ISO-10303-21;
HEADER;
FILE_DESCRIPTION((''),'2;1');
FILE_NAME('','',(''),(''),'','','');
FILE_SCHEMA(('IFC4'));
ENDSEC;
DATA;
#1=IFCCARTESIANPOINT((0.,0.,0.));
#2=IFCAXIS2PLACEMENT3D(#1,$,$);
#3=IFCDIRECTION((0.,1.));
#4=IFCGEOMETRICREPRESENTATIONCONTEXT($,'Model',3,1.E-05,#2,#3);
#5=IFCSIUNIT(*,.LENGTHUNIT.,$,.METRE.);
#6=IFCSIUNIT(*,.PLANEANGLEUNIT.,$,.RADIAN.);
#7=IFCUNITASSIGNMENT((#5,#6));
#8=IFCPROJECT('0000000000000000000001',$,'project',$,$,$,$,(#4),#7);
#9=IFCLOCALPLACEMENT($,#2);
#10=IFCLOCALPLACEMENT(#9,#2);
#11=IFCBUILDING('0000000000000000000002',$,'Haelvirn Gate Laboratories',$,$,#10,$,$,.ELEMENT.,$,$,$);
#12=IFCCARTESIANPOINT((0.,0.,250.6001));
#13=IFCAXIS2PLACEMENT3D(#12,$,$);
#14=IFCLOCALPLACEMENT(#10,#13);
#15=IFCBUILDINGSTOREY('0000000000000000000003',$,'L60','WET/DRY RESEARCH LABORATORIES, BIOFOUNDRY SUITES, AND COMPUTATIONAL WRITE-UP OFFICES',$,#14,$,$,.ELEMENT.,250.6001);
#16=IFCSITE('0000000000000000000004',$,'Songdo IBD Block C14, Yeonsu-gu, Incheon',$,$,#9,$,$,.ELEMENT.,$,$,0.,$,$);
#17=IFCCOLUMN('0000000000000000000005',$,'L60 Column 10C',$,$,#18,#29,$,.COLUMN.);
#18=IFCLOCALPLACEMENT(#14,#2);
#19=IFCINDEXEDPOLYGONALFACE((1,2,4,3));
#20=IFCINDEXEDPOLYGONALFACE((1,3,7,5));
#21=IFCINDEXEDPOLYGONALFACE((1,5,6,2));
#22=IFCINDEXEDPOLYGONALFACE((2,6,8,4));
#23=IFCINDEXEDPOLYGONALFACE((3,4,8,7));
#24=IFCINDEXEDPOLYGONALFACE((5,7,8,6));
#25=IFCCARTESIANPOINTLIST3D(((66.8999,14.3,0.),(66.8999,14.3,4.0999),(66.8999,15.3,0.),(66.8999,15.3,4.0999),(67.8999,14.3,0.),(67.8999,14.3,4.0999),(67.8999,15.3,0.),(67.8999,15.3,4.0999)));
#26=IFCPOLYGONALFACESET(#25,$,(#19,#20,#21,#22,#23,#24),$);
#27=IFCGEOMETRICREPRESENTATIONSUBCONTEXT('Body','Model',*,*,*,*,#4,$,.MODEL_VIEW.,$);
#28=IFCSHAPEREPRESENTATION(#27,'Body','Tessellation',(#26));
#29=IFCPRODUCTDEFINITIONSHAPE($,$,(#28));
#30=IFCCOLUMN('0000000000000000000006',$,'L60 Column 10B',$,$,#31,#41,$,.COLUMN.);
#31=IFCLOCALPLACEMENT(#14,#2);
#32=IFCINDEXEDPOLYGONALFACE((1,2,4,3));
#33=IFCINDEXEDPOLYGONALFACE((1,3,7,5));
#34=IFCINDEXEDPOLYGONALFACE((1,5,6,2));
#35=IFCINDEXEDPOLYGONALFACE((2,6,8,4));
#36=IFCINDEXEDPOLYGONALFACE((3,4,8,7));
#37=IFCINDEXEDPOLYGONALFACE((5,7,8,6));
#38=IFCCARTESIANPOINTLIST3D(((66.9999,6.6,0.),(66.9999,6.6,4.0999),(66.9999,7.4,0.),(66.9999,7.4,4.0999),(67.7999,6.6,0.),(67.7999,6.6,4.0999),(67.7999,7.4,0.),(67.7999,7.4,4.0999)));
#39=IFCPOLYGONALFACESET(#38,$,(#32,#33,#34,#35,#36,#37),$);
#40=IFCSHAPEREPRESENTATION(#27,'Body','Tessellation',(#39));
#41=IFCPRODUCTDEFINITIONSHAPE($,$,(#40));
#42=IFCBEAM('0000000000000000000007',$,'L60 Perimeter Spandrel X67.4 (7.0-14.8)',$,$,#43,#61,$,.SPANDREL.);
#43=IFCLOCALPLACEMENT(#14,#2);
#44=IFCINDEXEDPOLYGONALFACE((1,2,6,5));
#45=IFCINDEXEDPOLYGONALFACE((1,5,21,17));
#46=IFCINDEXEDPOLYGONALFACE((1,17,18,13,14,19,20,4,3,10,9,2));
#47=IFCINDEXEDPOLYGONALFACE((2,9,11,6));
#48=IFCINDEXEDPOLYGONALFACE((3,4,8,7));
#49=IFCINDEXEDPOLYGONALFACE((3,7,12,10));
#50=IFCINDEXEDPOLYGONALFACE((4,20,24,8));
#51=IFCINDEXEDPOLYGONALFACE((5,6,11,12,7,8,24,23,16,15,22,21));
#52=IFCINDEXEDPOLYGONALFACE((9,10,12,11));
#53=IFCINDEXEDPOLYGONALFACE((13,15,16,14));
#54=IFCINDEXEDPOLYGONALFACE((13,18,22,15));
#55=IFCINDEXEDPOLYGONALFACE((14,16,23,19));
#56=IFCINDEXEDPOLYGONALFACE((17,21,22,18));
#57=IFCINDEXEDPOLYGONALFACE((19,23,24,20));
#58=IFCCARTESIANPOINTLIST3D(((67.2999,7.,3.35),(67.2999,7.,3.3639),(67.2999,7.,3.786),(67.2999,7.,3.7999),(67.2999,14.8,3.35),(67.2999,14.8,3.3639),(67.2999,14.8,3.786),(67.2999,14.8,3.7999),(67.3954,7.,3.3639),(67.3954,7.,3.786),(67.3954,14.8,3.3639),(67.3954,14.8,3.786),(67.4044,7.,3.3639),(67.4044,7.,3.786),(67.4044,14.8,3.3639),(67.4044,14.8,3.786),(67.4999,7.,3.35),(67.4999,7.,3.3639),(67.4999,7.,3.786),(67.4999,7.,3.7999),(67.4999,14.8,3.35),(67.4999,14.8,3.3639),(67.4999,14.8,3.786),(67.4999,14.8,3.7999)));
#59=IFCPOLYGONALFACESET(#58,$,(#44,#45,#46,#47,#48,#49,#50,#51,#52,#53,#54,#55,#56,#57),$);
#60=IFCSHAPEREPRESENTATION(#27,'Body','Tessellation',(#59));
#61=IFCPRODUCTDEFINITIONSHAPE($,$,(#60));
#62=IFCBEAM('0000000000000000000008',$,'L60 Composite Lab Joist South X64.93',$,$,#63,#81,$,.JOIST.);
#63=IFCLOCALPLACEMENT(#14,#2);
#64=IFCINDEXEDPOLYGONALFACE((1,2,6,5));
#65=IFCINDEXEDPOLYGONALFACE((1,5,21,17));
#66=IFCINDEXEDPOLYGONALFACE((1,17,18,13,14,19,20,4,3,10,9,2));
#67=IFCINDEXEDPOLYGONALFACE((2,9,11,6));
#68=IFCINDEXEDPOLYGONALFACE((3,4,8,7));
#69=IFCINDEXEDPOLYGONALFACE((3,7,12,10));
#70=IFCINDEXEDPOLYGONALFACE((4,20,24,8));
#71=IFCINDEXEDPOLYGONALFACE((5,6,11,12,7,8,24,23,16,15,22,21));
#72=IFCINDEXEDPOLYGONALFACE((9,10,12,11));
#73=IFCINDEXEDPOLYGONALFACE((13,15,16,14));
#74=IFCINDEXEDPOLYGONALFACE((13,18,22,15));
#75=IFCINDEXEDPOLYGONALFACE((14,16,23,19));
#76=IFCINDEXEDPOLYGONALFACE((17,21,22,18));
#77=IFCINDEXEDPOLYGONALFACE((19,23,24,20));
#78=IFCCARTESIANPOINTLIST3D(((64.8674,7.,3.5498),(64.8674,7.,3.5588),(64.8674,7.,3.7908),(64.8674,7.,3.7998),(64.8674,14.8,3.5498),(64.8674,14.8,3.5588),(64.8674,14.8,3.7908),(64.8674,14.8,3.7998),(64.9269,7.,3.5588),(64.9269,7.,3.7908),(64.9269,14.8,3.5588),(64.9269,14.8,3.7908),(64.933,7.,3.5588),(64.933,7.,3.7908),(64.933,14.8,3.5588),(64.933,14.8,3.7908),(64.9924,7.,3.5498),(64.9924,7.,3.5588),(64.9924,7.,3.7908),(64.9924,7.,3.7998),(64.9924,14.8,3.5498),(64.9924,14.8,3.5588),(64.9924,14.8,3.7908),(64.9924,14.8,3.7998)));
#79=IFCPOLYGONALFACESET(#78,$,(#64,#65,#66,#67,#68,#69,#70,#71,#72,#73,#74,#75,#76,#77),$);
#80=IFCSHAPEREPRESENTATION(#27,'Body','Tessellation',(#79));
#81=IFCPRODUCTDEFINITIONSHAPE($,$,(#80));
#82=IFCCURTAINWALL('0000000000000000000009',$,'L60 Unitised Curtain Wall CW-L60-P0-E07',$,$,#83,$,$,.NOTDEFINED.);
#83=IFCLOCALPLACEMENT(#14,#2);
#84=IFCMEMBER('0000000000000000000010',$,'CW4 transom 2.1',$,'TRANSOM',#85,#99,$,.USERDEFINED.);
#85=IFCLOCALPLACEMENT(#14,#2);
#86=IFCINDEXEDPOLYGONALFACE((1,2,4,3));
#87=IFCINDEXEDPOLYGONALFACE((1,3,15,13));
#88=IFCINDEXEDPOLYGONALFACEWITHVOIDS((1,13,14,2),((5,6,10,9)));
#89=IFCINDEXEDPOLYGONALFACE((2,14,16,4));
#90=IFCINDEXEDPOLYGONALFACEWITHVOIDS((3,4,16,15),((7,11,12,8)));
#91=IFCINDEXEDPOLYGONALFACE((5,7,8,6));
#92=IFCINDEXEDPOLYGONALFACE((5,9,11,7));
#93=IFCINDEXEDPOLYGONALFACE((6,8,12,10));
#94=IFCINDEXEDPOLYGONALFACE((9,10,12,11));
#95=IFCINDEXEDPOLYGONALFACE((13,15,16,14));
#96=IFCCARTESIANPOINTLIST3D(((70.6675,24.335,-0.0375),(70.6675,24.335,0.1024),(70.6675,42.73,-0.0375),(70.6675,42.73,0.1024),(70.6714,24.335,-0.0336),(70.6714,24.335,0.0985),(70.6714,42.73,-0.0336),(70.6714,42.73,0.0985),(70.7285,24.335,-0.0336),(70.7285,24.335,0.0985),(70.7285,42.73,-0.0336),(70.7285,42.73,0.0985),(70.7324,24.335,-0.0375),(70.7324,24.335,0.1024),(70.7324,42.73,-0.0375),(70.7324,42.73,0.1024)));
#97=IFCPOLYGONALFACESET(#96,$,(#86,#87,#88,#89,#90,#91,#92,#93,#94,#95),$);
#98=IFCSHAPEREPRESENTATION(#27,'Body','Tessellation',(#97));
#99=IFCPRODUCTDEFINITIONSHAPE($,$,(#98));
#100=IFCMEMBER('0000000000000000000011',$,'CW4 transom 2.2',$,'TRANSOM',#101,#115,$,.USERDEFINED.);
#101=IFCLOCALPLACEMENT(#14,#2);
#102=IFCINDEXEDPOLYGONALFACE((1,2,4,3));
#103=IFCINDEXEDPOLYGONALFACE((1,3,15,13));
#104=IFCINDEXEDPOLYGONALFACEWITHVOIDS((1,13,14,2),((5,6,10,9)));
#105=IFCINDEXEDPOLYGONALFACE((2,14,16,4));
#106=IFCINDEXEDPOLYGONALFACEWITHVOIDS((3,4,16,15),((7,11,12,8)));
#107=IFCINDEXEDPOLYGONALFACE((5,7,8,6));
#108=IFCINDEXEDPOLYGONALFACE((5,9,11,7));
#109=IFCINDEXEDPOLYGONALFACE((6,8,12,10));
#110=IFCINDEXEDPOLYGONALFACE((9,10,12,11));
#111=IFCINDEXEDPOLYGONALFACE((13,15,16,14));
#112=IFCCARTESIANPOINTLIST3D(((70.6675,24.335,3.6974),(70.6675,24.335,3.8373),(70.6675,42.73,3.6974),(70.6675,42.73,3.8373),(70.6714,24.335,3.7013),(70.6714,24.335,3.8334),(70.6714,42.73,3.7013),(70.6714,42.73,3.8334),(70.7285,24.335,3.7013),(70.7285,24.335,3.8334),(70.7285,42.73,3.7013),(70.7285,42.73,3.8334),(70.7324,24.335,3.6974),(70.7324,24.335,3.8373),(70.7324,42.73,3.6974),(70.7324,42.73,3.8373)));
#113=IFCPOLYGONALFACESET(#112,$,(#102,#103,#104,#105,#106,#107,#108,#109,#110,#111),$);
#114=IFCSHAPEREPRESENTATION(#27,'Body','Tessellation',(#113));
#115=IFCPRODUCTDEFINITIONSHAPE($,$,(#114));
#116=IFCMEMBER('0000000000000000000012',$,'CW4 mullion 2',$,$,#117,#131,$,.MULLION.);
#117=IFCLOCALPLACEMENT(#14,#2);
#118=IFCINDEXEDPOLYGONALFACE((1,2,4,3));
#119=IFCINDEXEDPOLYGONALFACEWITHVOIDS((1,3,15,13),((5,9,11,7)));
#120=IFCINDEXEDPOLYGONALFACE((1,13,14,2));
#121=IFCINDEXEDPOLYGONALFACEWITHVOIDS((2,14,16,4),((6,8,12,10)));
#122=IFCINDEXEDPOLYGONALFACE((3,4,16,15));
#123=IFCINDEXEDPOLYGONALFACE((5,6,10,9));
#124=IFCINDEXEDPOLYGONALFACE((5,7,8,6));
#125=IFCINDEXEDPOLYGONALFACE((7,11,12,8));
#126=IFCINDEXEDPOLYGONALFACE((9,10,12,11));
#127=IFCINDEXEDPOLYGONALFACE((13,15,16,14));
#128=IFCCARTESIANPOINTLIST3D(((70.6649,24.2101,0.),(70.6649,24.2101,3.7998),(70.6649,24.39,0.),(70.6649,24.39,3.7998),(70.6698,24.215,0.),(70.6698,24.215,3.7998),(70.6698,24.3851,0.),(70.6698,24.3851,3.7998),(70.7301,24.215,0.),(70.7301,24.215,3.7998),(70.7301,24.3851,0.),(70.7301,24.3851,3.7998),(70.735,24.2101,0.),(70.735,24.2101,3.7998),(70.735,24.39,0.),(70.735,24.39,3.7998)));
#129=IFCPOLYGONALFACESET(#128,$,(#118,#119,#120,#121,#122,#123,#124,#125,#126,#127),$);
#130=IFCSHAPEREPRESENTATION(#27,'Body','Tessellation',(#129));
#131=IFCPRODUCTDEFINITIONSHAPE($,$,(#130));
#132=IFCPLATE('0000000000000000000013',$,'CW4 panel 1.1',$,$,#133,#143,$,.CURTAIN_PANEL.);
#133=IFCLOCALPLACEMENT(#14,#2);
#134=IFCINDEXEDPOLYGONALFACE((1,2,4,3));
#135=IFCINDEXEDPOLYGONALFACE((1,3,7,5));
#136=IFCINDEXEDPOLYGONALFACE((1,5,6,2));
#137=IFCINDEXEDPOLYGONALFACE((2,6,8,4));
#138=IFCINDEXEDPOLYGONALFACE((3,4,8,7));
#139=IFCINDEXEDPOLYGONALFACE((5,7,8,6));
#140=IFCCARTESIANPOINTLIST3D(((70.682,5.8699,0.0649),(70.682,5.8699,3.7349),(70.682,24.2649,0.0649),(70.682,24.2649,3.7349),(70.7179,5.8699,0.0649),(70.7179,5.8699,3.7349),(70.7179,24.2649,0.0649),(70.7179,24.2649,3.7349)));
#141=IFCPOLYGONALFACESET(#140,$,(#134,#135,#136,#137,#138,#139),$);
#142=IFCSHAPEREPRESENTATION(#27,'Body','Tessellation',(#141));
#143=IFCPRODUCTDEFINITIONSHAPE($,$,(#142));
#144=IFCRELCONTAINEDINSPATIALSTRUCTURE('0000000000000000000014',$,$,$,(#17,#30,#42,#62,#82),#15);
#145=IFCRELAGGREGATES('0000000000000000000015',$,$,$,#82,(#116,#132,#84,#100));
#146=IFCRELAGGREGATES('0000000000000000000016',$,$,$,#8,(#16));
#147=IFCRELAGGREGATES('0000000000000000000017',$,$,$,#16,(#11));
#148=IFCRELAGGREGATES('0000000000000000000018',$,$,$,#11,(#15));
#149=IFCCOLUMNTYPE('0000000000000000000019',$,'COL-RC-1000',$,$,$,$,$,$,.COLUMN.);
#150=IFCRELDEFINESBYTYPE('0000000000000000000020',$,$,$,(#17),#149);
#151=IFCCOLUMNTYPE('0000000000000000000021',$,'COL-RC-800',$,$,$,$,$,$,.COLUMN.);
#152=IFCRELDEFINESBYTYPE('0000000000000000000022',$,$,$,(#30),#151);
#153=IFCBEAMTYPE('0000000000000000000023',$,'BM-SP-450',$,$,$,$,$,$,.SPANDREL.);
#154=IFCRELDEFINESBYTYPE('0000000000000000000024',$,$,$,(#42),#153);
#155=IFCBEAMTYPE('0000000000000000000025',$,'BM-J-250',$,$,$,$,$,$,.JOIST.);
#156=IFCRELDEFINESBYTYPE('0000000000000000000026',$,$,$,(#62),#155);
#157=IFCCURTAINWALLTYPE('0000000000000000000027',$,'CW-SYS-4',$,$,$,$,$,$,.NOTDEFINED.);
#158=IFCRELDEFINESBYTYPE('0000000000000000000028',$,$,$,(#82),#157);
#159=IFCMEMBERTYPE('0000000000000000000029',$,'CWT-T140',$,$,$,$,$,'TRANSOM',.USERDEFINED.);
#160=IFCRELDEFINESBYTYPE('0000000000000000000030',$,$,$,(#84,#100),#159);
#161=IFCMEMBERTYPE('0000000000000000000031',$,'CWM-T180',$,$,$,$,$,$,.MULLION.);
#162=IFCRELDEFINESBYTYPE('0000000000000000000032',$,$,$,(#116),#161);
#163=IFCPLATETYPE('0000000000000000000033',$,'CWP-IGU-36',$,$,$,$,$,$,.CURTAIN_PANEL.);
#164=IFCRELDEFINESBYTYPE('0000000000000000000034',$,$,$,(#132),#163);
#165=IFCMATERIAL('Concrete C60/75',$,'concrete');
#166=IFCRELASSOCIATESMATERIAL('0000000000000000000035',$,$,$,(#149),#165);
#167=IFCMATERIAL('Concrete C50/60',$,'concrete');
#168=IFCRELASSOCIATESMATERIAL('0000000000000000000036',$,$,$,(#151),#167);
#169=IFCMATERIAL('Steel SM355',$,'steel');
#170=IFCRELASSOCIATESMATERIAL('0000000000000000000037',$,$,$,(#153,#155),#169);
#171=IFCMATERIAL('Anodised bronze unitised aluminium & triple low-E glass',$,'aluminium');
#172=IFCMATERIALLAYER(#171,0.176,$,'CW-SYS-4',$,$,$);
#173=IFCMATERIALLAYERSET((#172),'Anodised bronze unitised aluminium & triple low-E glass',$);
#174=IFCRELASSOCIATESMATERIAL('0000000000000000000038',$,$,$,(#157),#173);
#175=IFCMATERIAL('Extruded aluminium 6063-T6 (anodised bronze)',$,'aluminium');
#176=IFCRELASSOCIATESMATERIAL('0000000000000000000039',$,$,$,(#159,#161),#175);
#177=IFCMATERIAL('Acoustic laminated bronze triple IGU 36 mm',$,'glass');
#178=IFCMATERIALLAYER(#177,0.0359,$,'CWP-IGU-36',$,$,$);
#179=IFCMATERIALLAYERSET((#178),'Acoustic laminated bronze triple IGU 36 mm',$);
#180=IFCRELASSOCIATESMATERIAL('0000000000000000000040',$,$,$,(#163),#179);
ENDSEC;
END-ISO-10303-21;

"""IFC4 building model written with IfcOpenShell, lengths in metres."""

from ifc_helpers import new_model, si_unit, direction, frame, origin, origin_2d, place, context, subcontext, project, spatial, rectangle, hollow_rectangle, i_section, extrude, source, transform, mapped, material, layer, layer_set, material_profile, profile_set, type_object, type_shapes, element, aggregate, save


model = new_model("IFC4")

# Units and contexts
model_context = context("Model", 3, precision=1e-05, world=origin(), true_north=direction((0.0, 1.0)))
body_context = subcontext(model_context, "Body", "Model", "MODEL_VIEW")
ifc_project = project(units=[si_unit("LENGTHUNIT", "METRE"), si_unit("PLANEANGLEUNIT", "RADIAN")], contexts=[model_context])

# Site, building, storey
site_placement = place(None, origin())
site = spatial("IfcSite", under=ifc_project, at=site_placement, Name="Songdo IBD Block C14, Yeonsu-gu, Incheon", CompositionType="ELEMENT", RefElevation=0.0)
building_placement = place(site_placement, origin())
building = spatial("IfcBuilding", under=site, at=building_placement, Name="Haelvirn Gate Laboratories", CompositionType="ELEMENT")
storey_placement = place(building_placement, frame((0.0, 0.0, 250.6001)))
storey = spatial("IfcBuildingStorey", under=building, at=storey_placement, Name="L60", Description="WET/DRY RESEARCH LABORATORIES, BIOFOUNDRY SUITES, AND COMPUTATIONAL WRITE-UP OFFICES", CompositionType="ELEMENT", Elevation=250.6001)

# Columns
ifc_material_1 = material(Name="Concrete C60/75", Category="concrete")
ifc_material_profile_1 = material_profile(ifc_material_1, rectangle(XDim=1.0, YDim=1.0, at=origin_2d()), Name="RC-1000x1000")
ifc_profile_set_1 = profile_set([ifc_material_profile_1], Name="Concrete C60/75")
column_type_1 = type_object("IfcColumnType", Name="COL-RC-1000", PredefinedType="COLUMN", material=ifc_profile_set_1)
shared_shape_1 = source(origin(), body_context, "Body", "SweptSolid", [
    extrude(rectangle(XDim=1.0, YDim=1.0, at=origin_2d()), origin(), (0.0, 0.0, 1.0), 4.0999),
])
type_shapes(column_type_1, [shared_shape_1])
column_1_placement = place(storey_placement, frame((67.3999, 14.8, 0.0), z_axis=(0.0, 0.0, 1.0), x_axis=(1.0, 0.0, 0.0)))
element("IfcColumn", 1, at=column_1_placement, inside=storey, type_object=column_type_1, Name="L60 Column 10C", PredefinedType="COLUMN", context=body_context, shape_type="MappedRepresentation", body=[
    mapped(shared_shape_1, transform((0.0, 0.0, 0.0), scale=1.0)),
])
ifc_material_2 = material(Name="Concrete C50/60", Category="concrete")
ifc_material_profile_2 = material_profile(ifc_material_2, rectangle(XDim=0.8, YDim=0.8, at=origin_2d()), Name="RC-800x800")
ifc_profile_set_2 = profile_set([ifc_material_profile_2], Name="Concrete C50/60")
column_type_2 = type_object("IfcColumnType", Name="COL-RC-800", PredefinedType="COLUMN", material=ifc_profile_set_2)
shared_shape_2 = source(origin(), body_context, "Body", "SweptSolid", [
    extrude(rectangle(XDim=0.8, YDim=0.8, at=origin_2d()), origin(), (0.0, 0.0, 1.0), 4.0999),
])
type_shapes(column_type_2, [shared_shape_2])
column_2_placement = place(storey_placement, frame((67.3999, 7.0, 0.0), z_axis=(0.0, 0.0, 1.0), x_axis=(1.0, 0.0, 0.0)))
element("IfcColumn", 2, at=column_2_placement, inside=storey, type_object=column_type_2, Name="L60 Column 10B", PredefinedType="COLUMN", context=body_context, shape_type="MappedRepresentation", body=[
    mapped(shared_shape_2, transform((0.0, 0.0, 0.0), scale=1.0)),
])

# Beams
ifc_material_3 = material(Name="Steel SM355", Category="steel")
ifc_material_profile_3 = material_profile(ifc_material_3, i_section(OverallWidth=0.2, OverallDepth=0.45, WebThickness=0.009, FlangeThickness=0.0139, at=origin_2d()), Name="H-450x200x9x14")
ifc_profile_set_3 = profile_set([ifc_material_profile_3], Name="Steel SM355")
beam_type_1 = type_object("IfcBeamType", Name="BM-SP-450", PredefinedType="SPANDREL", material=ifc_profile_set_3)
shared_shape_3 = source(origin(), body_context, "Body", "SweptSolid", [
    extrude(i_section(OverallWidth=0.2, OverallDepth=0.45, WebThickness=0.009, FlangeThickness=0.0139, at=origin_2d()), origin(), (0.0, 0.0, 1.0), 7.8),
])
type_shapes(beam_type_1, [shared_shape_3])
beam_1_placement = place(storey_placement, frame((67.3999, 7.0, 3.575), z_axis=(0.0, 1.0, 0.0), x_axis=(-1.0, 0.0, 0.0)))
element("IfcBeam", 3, at=beam_1_placement, inside=storey, type_object=beam_type_1, Name="L60 Perimeter Spandrel X67.4 (7.0-14.8)", PredefinedType="SPANDREL", context=body_context, shape_type="MappedRepresentation", body=[
    mapped(shared_shape_3, transform((0.0, 0.0, 0.0), scale=1.0)),
])
ifc_material_profile_4 = material_profile(ifc_material_3, i_section(OverallWidth=0.125, OverallDepth=0.25, WebThickness=0.0061, FlangeThickness=0.009, at=origin_2d()), Name="H-250x125x6x9")
ifc_profile_set_4 = profile_set([ifc_material_profile_4], Name="Steel SM355")
beam_type_2 = type_object("IfcBeamType", Name="BM-J-250", PredefinedType="JOIST", material=ifc_profile_set_4)
shared_shape_4 = source(origin(), body_context, "Body", "SweptSolid", [
    extrude(i_section(OverallWidth=0.125, OverallDepth=0.25, WebThickness=0.0061, FlangeThickness=0.009, at=origin_2d()), origin(), (0.0, 0.0, 1.0), 7.8),
])
type_shapes(beam_type_2, [shared_shape_4])
beam_2_placement = place(storey_placement, frame((64.9299, 7.0, 3.6748), z_axis=(0.0, 1.0, 0.0), x_axis=(-1.0, 0.0, 0.0)))
element("IfcBeam", 4, at=beam_2_placement, inside=storey, type_object=beam_type_2, Name="L60 Composite Lab Joist South X64.93", PredefinedType="JOIST", context=body_context, shape_type="MappedRepresentation", body=[
    mapped(shared_shape_4, transform((0.0, 0.0, 0.0), scale=1.0)),
])

# Curtain wall, members, plate
ifc_material_4 = material(Name="Anodised bronze unitised aluminium & triple low-E glass", Category="aluminium")
ifc_layer_1 = layer(ifc_material_4, 0.176, Name="CW-SYS-4")
ifc_layer_set_1 = layer_set([ifc_layer_1], Name="Anodised bronze unitised aluminium & triple low-E glass")
curtain_wall_type = type_object("IfcCurtainWallType", Name="CW-SYS-4", PredefinedType="NOTDEFINED", material=ifc_layer_set_1)
curtain_wall_placement = place(storey_placement, origin())
curtain_wall = element("IfcCurtainWall", 5, at=curtain_wall_placement, inside=storey, type_object=curtain_wall_type, Name="L60 Unitised Curtain Wall CW-L60-P0-E07", PredefinedType="NOTDEFINED")
ifc_material_5 = material(Name="Extruded aluminium 6063-T6 (anodised bronze)", Category="aluminium")
ifc_material_profile_5 = material_profile(ifc_material_5, hollow_rectangle(XDim=0.0649, YDim=0.1399, WallThickness=0.0039, at=origin_2d()), Name="CWT-140x65x4")
ifc_profile_set_5 = profile_set([ifc_material_profile_5], Name="Extruded aluminium 6063-T6 (anodised bronze)")
member_type_1 = type_object("IfcMemberType", Name="CWT-T140", ElementType="TRANSOM", PredefinedType="USERDEFINED", material=ifc_profile_set_5)
shared_shape_5 = source(origin(), body_context, "Body", "SweptSolid", [
    extrude(hollow_rectangle(XDim=0.0649, YDim=0.1399, WallThickness=0.0039, at=origin_2d()), origin(), (0.0, 0.0, 1.0), 18.395),
])
type_shapes(member_type_1, [shared_shape_5])
member_1_placement = place(storey_placement, frame((70.7, 24.335, 0.0325), z_axis=(0.0, 1.0, 0.0), x_axis=(-1.0, 0.0, 0.0)))
member_1 = element("IfcMember", 6, at=member_1_placement, type_object=member_type_1, Name="CW4 transom 2.1", ObjectType="TRANSOM", PredefinedType="USERDEFINED", context=body_context, shape_type="MappedRepresentation", body=[
    mapped(shared_shape_5, transform((0.0, 0.0, 0.0), scale=1.0)),
])
member_2_placement = place(storey_placement, frame((70.7, 24.335, 3.7673), z_axis=(0.0, 1.0, 0.0), x_axis=(-1.0, 0.0, 0.0)))
member_2 = element("IfcMember", 7, at=member_2_placement, type_object=member_type_1, Name="CW4 transom 2.2", ObjectType="TRANSOM", PredefinedType="USERDEFINED", context=body_context, shape_type="MappedRepresentation", body=[
    mapped(shared_shape_5, transform((0.0, 0.0, 0.0), scale=1.0)),
])
ifc_material_profile_6 = material_profile(ifc_material_5, hollow_rectangle(XDim=0.0701, YDim=0.1799, WallThickness=0.0049, at=origin_2d()), Name="CWM-180x70x5")
ifc_profile_set_6 = profile_set([ifc_material_profile_6], Name="Extruded aluminium 6063-T6 (anodised bronze)")
member_type_2 = type_object("IfcMemberType", Name="CWM-T180", PredefinedType="MULLION", material=ifc_profile_set_6)
shared_shape_6 = source(origin(), body_context, "Body", "SweptSolid", [
    extrude(hollow_rectangle(XDim=0.0701, YDim=0.1799, WallThickness=0.0049, at=origin_2d()), origin(), (0.0, 0.0, 1.0), 3.7998),
])
type_shapes(member_type_2, [shared_shape_6])
member_3_placement = place(storey_placement, frame((70.7, 24.3, 0.0), z_axis=(0.0, 0.0, 1.0), x_axis=(-1.0, 0.0, 0.0)))
member_3 = element("IfcMember", 8, at=member_3_placement, type_object=member_type_2, Name="CW4 mullion 2", PredefinedType="MULLION", context=body_context, shape_type="MappedRepresentation", body=[
    mapped(shared_shape_6, transform((0.0, 0.0, 0.0), scale=1.0)),
])
ifc_material_6 = material(Name="Acoustic laminated bronze triple IGU 36 mm", Category="glass")
ifc_layer_2 = layer(ifc_material_6, 0.0359, Name="CWP-IGU-36")
ifc_layer_set_2 = layer_set([ifc_layer_2], Name="Acoustic laminated bronze triple IGU 36 mm")
plate_type = type_object("IfcPlateType", Name="CWP-IGU-36", PredefinedType="CURTAIN_PANEL", material=ifc_layer_set_2)
shared_shape_7 = source(origin(), body_context, "Body", "SweptSolid", [
    extrude(rectangle(XDim=18.395, YDim=0.0359, at=origin_2d()), origin(), (0.0, 0.0, 1.0), 3.6699),
])
type_shapes(plate_type, [shared_shape_7])
plate_placement = place(storey_placement, frame((70.7, 15.0674, 0.0649), z_axis=(0.0, 0.0, 1.0), x_axis=(0.0, 1.0, 0.0)))
plate = element("IfcPlate", 9, at=plate_placement, type_object=plate_type, Name="CW4 panel 1.1", PredefinedType="CURTAIN_PANEL", context=body_context, shape_type="MappedRepresentation", body=[
    mapped(shared_shape_7, transform((0.0, 0.0, 0.0), scale=1.0)),
])
aggregate(curtain_wall, [member_3, plate, member_1, member_2])

save(model, "model.ifc")
